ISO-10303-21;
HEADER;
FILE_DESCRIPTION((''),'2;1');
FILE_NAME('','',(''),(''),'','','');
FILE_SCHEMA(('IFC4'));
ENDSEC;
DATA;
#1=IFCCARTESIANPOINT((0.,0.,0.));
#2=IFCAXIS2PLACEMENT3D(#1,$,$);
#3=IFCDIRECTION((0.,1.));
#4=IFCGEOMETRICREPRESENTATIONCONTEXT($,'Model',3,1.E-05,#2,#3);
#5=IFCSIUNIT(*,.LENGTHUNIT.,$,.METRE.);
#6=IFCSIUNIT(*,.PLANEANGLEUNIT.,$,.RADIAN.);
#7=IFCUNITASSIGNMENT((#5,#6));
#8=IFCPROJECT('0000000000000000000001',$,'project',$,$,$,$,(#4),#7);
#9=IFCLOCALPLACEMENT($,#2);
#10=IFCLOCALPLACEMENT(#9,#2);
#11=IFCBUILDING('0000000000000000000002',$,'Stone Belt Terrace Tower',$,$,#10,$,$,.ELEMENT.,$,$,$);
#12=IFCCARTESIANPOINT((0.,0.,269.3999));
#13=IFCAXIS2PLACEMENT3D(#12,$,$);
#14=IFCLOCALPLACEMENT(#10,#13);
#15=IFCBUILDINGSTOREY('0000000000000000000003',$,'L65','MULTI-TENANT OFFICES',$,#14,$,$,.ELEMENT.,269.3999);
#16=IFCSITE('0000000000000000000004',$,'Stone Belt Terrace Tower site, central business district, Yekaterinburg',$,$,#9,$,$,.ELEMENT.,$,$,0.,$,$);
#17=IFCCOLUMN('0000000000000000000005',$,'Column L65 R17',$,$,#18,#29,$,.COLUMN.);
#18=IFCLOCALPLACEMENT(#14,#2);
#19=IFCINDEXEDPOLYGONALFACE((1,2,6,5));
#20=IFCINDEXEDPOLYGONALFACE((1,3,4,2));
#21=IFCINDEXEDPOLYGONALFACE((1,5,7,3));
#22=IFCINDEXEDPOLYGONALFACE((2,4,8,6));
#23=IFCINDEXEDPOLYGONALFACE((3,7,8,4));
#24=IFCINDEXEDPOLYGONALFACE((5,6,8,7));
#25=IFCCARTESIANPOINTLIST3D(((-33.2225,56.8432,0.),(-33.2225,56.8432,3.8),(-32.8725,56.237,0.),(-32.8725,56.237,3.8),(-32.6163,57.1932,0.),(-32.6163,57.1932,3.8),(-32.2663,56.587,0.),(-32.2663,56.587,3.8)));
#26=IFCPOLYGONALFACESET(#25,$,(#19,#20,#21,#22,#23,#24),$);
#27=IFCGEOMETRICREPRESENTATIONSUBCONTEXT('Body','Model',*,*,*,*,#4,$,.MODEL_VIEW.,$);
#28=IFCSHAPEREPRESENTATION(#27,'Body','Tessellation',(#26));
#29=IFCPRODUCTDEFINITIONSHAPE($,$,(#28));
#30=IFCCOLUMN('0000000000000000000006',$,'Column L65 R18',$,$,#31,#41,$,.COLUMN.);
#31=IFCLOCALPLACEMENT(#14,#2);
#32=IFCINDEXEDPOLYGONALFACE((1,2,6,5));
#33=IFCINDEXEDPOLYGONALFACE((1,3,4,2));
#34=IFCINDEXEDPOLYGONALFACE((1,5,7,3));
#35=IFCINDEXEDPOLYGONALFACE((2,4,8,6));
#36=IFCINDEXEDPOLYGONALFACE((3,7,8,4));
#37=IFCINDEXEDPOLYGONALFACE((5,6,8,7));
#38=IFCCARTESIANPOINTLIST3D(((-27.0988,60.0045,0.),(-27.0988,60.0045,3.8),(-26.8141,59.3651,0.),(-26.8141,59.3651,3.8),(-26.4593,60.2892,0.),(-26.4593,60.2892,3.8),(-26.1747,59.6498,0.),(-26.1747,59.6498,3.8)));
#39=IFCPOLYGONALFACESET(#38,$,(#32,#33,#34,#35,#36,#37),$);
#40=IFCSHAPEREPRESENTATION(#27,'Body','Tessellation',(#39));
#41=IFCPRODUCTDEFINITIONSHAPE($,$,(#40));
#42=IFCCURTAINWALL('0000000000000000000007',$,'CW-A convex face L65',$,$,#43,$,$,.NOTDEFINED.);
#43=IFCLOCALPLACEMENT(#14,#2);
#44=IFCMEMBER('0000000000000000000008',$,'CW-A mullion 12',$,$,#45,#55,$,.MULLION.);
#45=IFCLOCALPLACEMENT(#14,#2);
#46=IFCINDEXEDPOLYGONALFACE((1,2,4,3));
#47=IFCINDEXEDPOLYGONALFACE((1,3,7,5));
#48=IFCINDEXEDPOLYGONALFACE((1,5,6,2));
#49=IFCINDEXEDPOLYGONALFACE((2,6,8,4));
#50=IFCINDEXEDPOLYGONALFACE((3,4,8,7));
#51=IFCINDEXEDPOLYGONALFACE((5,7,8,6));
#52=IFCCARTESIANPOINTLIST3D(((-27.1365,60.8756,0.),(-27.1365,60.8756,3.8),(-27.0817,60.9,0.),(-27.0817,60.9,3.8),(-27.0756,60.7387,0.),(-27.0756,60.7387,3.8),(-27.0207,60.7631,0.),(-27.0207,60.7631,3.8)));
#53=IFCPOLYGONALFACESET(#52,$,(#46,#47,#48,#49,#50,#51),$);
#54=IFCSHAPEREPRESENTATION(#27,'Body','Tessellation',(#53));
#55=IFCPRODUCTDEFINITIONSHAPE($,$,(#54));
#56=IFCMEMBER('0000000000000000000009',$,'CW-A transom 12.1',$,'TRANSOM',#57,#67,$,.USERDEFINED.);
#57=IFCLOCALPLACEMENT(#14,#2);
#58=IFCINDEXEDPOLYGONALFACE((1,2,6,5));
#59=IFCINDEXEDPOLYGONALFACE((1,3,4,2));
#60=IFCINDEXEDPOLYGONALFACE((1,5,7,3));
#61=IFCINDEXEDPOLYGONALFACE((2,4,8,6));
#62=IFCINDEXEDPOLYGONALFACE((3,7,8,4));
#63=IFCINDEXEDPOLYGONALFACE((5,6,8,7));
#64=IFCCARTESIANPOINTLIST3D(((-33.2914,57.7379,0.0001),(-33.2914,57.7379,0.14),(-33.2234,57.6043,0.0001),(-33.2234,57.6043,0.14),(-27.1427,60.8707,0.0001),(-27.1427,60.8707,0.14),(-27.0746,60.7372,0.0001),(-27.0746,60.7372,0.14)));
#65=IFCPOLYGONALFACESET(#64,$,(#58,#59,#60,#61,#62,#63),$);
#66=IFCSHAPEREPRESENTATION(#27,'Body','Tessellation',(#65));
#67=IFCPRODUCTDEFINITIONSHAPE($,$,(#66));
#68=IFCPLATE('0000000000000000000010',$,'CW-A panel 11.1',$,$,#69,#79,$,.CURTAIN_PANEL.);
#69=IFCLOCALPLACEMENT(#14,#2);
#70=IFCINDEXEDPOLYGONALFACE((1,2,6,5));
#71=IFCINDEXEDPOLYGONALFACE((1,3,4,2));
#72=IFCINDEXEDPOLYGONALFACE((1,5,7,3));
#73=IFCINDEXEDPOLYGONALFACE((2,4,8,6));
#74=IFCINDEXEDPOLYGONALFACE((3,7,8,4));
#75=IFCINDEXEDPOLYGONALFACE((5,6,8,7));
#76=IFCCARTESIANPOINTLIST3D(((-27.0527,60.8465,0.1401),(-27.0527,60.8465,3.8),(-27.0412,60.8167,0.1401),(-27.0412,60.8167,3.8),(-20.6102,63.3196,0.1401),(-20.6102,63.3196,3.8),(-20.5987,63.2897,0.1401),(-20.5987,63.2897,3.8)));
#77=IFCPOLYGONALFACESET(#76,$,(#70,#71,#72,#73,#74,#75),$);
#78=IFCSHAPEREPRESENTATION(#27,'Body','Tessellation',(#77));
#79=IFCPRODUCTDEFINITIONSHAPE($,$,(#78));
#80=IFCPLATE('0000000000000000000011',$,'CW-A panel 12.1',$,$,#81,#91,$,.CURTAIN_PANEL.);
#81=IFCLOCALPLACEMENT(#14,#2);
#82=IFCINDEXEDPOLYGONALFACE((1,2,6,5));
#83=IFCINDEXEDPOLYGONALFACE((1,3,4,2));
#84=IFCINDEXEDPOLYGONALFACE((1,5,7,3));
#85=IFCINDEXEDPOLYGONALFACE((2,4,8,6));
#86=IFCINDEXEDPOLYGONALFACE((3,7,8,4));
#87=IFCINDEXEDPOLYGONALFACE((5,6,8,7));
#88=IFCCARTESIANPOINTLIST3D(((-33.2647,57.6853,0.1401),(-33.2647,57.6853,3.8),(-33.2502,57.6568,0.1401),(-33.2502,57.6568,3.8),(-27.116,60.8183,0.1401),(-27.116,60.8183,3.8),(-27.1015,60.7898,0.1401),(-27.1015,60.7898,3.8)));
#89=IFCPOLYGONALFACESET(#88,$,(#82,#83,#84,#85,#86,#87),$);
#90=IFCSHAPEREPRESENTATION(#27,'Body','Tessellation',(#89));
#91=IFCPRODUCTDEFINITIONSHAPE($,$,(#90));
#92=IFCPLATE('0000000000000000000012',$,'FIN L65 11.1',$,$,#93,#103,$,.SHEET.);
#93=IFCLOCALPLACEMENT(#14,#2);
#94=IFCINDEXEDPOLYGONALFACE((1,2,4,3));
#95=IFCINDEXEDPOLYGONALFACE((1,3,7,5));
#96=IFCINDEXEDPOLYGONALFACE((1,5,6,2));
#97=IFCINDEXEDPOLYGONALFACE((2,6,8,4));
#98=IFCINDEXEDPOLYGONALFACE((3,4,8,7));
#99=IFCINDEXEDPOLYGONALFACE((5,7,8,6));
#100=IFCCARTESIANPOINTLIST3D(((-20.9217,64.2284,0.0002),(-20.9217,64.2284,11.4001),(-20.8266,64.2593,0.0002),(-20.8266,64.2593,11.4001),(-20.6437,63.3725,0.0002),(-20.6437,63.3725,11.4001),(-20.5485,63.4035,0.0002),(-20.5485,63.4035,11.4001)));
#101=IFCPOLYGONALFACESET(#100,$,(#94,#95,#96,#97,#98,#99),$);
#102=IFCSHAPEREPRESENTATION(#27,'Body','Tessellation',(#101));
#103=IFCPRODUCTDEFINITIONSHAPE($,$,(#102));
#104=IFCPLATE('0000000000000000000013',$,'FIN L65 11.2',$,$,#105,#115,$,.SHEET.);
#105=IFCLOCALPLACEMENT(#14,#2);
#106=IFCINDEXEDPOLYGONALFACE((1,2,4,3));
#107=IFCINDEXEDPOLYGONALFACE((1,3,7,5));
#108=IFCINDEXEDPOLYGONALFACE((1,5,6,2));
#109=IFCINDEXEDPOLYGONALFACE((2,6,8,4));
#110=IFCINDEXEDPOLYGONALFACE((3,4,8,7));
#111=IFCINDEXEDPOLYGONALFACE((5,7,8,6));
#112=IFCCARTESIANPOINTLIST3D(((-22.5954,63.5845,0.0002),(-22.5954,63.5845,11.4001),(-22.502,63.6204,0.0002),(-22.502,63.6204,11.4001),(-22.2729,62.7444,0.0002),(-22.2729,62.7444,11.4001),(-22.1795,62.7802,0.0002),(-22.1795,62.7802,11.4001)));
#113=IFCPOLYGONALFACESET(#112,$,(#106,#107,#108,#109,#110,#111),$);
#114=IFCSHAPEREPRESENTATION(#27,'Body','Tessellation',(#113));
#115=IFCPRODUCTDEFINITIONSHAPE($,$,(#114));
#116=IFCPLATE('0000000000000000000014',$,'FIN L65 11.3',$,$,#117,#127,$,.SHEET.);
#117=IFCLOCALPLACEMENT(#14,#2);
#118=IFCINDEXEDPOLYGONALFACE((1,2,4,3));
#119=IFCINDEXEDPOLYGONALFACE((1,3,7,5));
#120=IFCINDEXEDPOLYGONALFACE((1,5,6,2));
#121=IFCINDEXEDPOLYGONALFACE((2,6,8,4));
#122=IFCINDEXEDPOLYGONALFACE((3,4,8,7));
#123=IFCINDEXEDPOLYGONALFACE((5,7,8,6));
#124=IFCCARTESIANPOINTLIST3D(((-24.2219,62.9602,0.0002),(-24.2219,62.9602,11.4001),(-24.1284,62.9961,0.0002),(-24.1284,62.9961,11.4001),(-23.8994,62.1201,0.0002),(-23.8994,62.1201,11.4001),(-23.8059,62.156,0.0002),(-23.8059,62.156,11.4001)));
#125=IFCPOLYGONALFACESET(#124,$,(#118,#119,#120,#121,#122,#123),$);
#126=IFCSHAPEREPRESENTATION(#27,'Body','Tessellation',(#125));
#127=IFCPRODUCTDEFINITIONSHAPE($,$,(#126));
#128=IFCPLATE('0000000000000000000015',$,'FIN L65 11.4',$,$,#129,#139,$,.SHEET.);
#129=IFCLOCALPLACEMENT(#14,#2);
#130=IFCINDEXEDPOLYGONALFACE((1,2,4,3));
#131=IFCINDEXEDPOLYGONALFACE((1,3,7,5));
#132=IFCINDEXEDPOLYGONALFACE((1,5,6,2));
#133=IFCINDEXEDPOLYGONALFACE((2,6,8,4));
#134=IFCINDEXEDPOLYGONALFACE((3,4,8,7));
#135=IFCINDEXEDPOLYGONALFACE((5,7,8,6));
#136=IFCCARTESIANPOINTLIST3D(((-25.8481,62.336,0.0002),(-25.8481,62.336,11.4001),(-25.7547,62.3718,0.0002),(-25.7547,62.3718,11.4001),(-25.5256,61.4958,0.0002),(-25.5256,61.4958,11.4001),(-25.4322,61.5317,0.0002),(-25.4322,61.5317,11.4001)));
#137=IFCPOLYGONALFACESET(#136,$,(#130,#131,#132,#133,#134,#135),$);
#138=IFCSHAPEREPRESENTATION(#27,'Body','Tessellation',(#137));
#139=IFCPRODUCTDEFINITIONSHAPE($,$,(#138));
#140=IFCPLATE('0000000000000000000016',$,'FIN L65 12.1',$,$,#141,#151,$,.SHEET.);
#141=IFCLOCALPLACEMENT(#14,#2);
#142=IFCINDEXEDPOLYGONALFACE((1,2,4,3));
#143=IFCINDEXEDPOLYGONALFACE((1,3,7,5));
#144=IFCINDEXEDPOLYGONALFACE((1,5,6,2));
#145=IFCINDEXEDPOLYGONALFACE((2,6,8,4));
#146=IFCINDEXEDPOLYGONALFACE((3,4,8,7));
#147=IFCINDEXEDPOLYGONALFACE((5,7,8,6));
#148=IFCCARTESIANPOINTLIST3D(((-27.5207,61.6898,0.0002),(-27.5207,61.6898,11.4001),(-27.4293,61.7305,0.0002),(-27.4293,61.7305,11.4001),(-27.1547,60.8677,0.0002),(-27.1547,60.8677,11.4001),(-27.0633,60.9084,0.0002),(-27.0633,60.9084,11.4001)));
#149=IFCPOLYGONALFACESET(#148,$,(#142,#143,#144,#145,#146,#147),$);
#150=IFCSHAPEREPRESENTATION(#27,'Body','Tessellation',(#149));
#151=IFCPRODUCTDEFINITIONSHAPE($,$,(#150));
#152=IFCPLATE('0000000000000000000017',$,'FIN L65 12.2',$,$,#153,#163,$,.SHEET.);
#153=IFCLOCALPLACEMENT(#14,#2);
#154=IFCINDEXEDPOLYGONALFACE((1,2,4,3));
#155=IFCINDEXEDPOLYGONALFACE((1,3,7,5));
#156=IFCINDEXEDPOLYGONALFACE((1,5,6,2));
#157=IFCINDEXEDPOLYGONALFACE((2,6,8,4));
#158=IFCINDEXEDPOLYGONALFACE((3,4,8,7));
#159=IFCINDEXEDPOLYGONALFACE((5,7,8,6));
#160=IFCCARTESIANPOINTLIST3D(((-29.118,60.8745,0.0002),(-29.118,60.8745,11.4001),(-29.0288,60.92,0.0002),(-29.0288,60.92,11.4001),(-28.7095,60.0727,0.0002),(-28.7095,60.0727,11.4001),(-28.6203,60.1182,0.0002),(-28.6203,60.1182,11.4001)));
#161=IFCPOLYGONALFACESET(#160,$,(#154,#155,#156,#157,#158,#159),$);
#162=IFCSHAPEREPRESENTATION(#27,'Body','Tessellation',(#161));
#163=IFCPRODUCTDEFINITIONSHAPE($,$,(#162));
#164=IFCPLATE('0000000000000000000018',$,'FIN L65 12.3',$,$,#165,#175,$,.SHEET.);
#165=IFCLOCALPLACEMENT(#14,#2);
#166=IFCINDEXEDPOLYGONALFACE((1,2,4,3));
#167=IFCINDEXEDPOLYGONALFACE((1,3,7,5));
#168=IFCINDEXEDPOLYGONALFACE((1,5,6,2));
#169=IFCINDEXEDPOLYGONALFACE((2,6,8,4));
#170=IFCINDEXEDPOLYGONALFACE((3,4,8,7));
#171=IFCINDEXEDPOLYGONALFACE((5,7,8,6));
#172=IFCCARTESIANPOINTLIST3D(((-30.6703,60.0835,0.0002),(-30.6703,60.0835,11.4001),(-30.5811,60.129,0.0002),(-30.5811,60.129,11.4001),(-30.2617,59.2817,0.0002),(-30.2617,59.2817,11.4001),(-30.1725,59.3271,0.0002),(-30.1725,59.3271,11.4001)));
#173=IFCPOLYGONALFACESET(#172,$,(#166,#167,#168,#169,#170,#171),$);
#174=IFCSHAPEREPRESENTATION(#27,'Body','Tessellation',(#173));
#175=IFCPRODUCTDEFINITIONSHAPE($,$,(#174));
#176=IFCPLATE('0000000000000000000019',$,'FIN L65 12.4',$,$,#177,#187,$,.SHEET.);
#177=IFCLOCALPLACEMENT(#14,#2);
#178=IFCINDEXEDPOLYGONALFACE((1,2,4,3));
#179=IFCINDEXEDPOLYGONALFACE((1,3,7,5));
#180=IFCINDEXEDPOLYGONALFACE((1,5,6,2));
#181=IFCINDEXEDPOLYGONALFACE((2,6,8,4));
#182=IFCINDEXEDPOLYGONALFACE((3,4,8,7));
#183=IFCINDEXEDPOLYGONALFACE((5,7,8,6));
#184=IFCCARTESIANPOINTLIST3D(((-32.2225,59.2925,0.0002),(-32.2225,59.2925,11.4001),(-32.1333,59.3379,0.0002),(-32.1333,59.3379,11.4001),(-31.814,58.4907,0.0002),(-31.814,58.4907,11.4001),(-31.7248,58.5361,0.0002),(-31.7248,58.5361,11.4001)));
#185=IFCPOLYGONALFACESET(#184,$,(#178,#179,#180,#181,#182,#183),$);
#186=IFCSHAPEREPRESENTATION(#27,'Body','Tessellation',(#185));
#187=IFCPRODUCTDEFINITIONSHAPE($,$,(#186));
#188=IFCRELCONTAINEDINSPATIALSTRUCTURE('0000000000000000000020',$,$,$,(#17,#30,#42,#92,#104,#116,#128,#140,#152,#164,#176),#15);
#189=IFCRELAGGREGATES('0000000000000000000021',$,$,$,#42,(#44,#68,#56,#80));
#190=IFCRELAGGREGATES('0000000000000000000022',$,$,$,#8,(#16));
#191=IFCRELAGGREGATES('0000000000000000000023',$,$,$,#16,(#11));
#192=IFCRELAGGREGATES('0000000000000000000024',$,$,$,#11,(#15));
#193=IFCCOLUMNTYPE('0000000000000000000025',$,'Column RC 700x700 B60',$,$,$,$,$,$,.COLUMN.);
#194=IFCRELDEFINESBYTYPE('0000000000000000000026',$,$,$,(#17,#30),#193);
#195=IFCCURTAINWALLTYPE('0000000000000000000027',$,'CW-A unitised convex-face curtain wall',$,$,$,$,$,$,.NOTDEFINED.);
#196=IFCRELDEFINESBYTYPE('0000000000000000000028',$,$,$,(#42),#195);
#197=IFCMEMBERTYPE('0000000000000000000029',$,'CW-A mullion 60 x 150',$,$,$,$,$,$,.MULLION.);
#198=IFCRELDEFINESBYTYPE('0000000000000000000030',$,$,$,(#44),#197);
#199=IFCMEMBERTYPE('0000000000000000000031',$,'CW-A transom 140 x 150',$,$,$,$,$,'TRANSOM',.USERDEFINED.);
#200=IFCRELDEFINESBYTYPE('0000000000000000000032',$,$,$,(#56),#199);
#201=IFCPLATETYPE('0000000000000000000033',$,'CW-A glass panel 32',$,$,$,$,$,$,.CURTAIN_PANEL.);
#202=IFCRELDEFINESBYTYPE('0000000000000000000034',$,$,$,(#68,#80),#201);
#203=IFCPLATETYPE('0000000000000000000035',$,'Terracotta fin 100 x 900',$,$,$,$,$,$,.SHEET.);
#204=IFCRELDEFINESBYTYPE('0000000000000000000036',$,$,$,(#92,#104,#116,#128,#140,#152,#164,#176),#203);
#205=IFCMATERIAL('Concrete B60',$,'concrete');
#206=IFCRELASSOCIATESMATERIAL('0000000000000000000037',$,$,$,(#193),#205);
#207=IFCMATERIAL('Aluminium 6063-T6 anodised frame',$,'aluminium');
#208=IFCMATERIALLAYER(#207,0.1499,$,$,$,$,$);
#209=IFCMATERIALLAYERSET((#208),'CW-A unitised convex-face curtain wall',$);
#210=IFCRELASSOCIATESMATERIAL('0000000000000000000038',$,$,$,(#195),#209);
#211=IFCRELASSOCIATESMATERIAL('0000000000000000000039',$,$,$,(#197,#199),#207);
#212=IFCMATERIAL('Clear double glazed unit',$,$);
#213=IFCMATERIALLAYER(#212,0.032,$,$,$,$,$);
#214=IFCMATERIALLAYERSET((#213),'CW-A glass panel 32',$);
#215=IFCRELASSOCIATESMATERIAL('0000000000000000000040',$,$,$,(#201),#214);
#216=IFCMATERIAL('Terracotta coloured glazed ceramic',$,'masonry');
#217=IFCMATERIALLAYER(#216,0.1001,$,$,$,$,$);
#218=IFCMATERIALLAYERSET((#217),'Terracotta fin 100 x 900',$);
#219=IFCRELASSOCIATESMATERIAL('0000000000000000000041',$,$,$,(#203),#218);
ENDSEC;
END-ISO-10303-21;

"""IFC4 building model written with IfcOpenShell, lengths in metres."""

from ifc_helpers import new_model, si_unit, direction, frame, origin, origin_2d, place, context, subcontext, project, spatial, rectangle, extrude, material, layer, layer_set, material_profile, profile_set, type_object, element, aggregate, save


model = new_model("IFC4")

# Units and contexts
model_context = context("Model", 3, precision=1e-05, world=origin(), true_north=direction((0.0, 1.0)))
body_context = subcontext(model_context, "Body", "Model", "MODEL_VIEW")
ifc_project = project(units=[si_unit("LENGTHUNIT", "METRE"), si_unit("PLANEANGLEUNIT", "RADIAN")], contexts=[model_context])

# Site, building, storey
site_placement = place(None, origin())
site = spatial("IfcSite", under=ifc_project, at=site_placement, Name="Stone Belt Terrace Tower site, central business district, Yekaterinburg", CompositionType="ELEMENT", RefElevation=0.0)
building_placement = place(site_placement, origin())
building = spatial("IfcBuilding", under=site, at=building_placement, Name="Stone Belt Terrace Tower", CompositionType="ELEMENT")
storey_placement = place(building_placement, frame((0.0, 0.0, 269.3999)))
storey = spatial("IfcBuildingStorey", under=building, at=storey_placement, Name="L65", Description="MULTI-TENANT OFFICES", CompositionType="ELEMENT", Elevation=269.3999)

# Columns
ifc_material_1 = material(Name="Concrete B60", Category="concrete")
ifc_material_profile_1 = material_profile(ifc_material_1, rectangle(XDim=0.7, YDim=0.7, at=origin_2d()), Name="RC 700x700")
ifc_profile_set_1 = profile_set([ifc_material_profile_1], Name="Concrete B60")
column_type = type_object("IfcColumnType", Name="Column RC 700x700 B60", PredefinedType="COLUMN", material=ifc_profile_set_1)
for number, where, z_axis, x_axis, name in (
    (1, (-32.7444, 56.7151, 0.0), (0.0, 0.0, 1.0), (0.866025, 0.5, 0.0), "Column L65 R17"),
    (2, (-26.6367, 59.8271, 0.0), (0.0, 0.0, 1.0), (0.913545, 0.406737, 0.0), "Column L65 R18"),
):
    element("IfcColumn", number, at=place(storey_placement, frame(where, z_axis=z_axis, x_axis=x_axis)), inside=storey, type_object=column_type, Name=name, PredefinedType="COLUMN", context=body_context, shape_type="SweptSolid", body=[
        extrude(rectangle(XDim=0.7, YDim=0.7, at=origin_2d()), origin(), (0.0, 0.0, 1.0), 3.8),
    ])

# Curtain wall, members, plates
ifc_material_2 = material(Name="Aluminium 6063-T6 anodised frame", Category="aluminium")
ifc_layer_1 = layer(ifc_material_2, 0.1499)
ifc_layer_set_1 = layer_set([ifc_layer_1], Name="CW-A unitised convex-face curtain wall")
curtain_wall_type = type_object("IfcCurtainWallType", Name="CW-A unitised convex-face curtain wall", PredefinedType="NOTDEFINED", material=ifc_layer_set_1)
curtain_wall_placement = place(storey_placement, origin())
curtain_wall = element("IfcCurtainWall", 3, at=curtain_wall_placement, inside=storey, type_object=curtain_wall_type, Name="CW-A convex face L65", PredefinedType="NOTDEFINED")
ifc_material_profile_2 = material_profile(ifc_material_2, rectangle(XDim=0.1499, YDim=0.0601, at=origin_2d()), Name="Aluminium 6063-T6 60x150")
ifc_profile_set_2 = profile_set([ifc_material_profile_2], Name="Aluminium 6063-T6 anodised frame")
member_type_1 = type_object("IfcMemberType", Name="CW-A mullion 60 x 150", PredefinedType="MULLION", material=ifc_profile_set_2)
member_1_placement = place(storey_placement, frame((-27.0786, 60.8193, 0.0), z_axis=(0.0, 0.0, 1.0), x_axis=(0.406737, -0.913545, 0.0)))
member_1 = element("IfcMember", 4, at=member_1_placement, type_object=member_type_1, Name="CW-A mullion 12", PredefinedType="MULLION", context=body_context, shape_type="SweptSolid", body=[
    extrude(rectangle(XDim=0.1499, YDim=0.0601, at=origin_2d()), origin(), (0.0, 0.0, 1.0), 3.8),
])
ifc_material_profile_3 = material_profile(ifc_material_2, rectangle(XDim=0.1499, YDim=0.1399, at=origin_2d()), Name="Aluminium 6063-T6 150x140")
ifc_profile_set_3 = profile_set([ifc_material_profile_3], Name="Aluminium 6063-T6 anodised frame")
member_type_2 = type_object("IfcMemberType", Name="CW-A transom 140 x 150", ElementType="TRANSOM", PredefinedType="USERDEFINED", material=ifc_profile_set_3)
member_2_placement = place(storey_placement, frame((-27.1086, 60.804, 0.0701), z_axis=(-0.891012, -0.453979, 0.0), x_axis=(0.453979, -0.891012, 0.0)))
member_2 = element("IfcMember", 5, at=member_2_placement, type_object=member_type_2, Name="CW-A transom 12.1", ObjectType="TRANSOM", PredefinedType="USERDEFINED", context=body_context, shape_type="SweptSolid", body=[
    extrude(rectangle(XDim=0.1499, YDim=0.1399, at=origin_2d()), origin(), (0.0, 0.0, 1.0), 6.9009),
])
ifc_material_3 = material(Name="Clear double glazed unit")
ifc_layer_2 = layer(ifc_material_3, 0.032)
ifc_layer_set_2 = layer_set([ifc_layer_2], Name="CW-A glass panel 32")
plate_type_1 = type_object("IfcPlateType", Name="CW-A glass panel 32", PredefinedType="CURTAIN_PANEL", material=ifc_layer_set_2)
plate_1_placement = place(storey_placement, frame((-23.8257, 62.0681, 0.1401), z_axis=(0.0, 0.0, 1.0), x_axis=(-0.93358, -0.358368, 0.0)))
plate_1 = element("IfcPlate", 6, at=plate_1_placement, type_object=plate_type_1, Name="CW-A panel 11.1", PredefinedType="CURTAIN_PANEL", context=body_context, shape_type="SweptSolid", body=[
    extrude(rectangle(XDim=6.9009, YDim=0.032, at=origin_2d()), origin(), (0.0, 0.0, 1.0), 3.6599),
])
plate_2_placement = place(storey_placement, frame((-30.1831, 59.2375, 0.1401), z_axis=(0.0, 0.0, 1.0), x_axis=(-0.891007, -0.45399, 0.0)))
plate_2 = element("IfcPlate", 7, at=plate_2_placement, type_object=plate_type_1, Name="CW-A panel 12.1", PredefinedType="CURTAIN_PANEL", context=body_context, shape_type="SweptSolid", body=[
    extrude(rectangle(XDim=6.9009, YDim=0.032, at=origin_2d()), origin(), (0.0, 0.0, 1.0), 3.6599),
])
aggregate(curtain_wall, [member_1, plate_1, member_2, plate_2])

# Plates
ifc_material_4 = material(Name="Terracotta coloured glazed ceramic", Category="masonry")
ifc_layer_3 = layer(ifc_material_4, 0.1001)
ifc_layer_set_3 = layer_set([ifc_layer_3], Name="Terracotta fin 100 x 900")
plate_type_2 = type_object("IfcPlateType", Name="Terracotta fin 100 x 900", PredefinedType="SHEET", material=ifc_layer_set_3)
for number, where, z_axis, x_axis, name in (
    (8, (-20.7351, 63.8159, 0.0002), (0.0, 0.0, 1.0), (-0.309017, 0.951057, 0.0), "FIN L65 11.1"),
    (9, (-22.3875, 63.1824, 0.0002), (0.0, 0.0, 1.0), (-0.358368, 0.93358, 0.0), "FIN L65 11.2"),
    (10, (-24.0139, 62.5581, 0.0002), (0.0, 0.0, 1.0), (-0.358368, 0.93358, 0.0), "FIN L65 11.3"),
    (11, (-25.6401, 61.9338, 0.0002), (0.0, 0.0, 1.0), (-0.358368, 0.93358, 0.0), "FIN L65 11.4"),
    (12, (-27.292, 61.2991, 0.0002), (0.0, 0.0, 1.0), (-0.406737, 0.913545, 0.0), "FIN L65 12.1"),
    (13, (-28.8691, 60.4963, 0.0002), (0.0, 0.0, 1.0), (-0.45399, 0.891007, 0.0), "FIN L65 12.2"),
    (14, (-30.4214, 59.7053, 0.0002), (0.0, 0.0, 1.0), (-0.45399, 0.891007, 0.0), "FIN L65 12.3"),
    (15, (-31.9736, 58.9143, 0.0002), (0.0, 0.0, 1.0), (-0.45399, 0.891007, 0.0), "FIN L65 12.4"),
):
    element("IfcPlate", number, at=place(storey_placement, frame(where, z_axis=z_axis, x_axis=x_axis)), inside=storey, type_object=plate_type_2, Name=name, PredefinedType="SHEET", context=body_context, shape_type="SweptSolid", body=[
        extrude(rectangle(XDim=0.8999, YDim=0.1001, at=origin_2d()), origin(), (0.0, 0.0, 1.0), 11.3999),
    ])

save(model, "model.ifc")
